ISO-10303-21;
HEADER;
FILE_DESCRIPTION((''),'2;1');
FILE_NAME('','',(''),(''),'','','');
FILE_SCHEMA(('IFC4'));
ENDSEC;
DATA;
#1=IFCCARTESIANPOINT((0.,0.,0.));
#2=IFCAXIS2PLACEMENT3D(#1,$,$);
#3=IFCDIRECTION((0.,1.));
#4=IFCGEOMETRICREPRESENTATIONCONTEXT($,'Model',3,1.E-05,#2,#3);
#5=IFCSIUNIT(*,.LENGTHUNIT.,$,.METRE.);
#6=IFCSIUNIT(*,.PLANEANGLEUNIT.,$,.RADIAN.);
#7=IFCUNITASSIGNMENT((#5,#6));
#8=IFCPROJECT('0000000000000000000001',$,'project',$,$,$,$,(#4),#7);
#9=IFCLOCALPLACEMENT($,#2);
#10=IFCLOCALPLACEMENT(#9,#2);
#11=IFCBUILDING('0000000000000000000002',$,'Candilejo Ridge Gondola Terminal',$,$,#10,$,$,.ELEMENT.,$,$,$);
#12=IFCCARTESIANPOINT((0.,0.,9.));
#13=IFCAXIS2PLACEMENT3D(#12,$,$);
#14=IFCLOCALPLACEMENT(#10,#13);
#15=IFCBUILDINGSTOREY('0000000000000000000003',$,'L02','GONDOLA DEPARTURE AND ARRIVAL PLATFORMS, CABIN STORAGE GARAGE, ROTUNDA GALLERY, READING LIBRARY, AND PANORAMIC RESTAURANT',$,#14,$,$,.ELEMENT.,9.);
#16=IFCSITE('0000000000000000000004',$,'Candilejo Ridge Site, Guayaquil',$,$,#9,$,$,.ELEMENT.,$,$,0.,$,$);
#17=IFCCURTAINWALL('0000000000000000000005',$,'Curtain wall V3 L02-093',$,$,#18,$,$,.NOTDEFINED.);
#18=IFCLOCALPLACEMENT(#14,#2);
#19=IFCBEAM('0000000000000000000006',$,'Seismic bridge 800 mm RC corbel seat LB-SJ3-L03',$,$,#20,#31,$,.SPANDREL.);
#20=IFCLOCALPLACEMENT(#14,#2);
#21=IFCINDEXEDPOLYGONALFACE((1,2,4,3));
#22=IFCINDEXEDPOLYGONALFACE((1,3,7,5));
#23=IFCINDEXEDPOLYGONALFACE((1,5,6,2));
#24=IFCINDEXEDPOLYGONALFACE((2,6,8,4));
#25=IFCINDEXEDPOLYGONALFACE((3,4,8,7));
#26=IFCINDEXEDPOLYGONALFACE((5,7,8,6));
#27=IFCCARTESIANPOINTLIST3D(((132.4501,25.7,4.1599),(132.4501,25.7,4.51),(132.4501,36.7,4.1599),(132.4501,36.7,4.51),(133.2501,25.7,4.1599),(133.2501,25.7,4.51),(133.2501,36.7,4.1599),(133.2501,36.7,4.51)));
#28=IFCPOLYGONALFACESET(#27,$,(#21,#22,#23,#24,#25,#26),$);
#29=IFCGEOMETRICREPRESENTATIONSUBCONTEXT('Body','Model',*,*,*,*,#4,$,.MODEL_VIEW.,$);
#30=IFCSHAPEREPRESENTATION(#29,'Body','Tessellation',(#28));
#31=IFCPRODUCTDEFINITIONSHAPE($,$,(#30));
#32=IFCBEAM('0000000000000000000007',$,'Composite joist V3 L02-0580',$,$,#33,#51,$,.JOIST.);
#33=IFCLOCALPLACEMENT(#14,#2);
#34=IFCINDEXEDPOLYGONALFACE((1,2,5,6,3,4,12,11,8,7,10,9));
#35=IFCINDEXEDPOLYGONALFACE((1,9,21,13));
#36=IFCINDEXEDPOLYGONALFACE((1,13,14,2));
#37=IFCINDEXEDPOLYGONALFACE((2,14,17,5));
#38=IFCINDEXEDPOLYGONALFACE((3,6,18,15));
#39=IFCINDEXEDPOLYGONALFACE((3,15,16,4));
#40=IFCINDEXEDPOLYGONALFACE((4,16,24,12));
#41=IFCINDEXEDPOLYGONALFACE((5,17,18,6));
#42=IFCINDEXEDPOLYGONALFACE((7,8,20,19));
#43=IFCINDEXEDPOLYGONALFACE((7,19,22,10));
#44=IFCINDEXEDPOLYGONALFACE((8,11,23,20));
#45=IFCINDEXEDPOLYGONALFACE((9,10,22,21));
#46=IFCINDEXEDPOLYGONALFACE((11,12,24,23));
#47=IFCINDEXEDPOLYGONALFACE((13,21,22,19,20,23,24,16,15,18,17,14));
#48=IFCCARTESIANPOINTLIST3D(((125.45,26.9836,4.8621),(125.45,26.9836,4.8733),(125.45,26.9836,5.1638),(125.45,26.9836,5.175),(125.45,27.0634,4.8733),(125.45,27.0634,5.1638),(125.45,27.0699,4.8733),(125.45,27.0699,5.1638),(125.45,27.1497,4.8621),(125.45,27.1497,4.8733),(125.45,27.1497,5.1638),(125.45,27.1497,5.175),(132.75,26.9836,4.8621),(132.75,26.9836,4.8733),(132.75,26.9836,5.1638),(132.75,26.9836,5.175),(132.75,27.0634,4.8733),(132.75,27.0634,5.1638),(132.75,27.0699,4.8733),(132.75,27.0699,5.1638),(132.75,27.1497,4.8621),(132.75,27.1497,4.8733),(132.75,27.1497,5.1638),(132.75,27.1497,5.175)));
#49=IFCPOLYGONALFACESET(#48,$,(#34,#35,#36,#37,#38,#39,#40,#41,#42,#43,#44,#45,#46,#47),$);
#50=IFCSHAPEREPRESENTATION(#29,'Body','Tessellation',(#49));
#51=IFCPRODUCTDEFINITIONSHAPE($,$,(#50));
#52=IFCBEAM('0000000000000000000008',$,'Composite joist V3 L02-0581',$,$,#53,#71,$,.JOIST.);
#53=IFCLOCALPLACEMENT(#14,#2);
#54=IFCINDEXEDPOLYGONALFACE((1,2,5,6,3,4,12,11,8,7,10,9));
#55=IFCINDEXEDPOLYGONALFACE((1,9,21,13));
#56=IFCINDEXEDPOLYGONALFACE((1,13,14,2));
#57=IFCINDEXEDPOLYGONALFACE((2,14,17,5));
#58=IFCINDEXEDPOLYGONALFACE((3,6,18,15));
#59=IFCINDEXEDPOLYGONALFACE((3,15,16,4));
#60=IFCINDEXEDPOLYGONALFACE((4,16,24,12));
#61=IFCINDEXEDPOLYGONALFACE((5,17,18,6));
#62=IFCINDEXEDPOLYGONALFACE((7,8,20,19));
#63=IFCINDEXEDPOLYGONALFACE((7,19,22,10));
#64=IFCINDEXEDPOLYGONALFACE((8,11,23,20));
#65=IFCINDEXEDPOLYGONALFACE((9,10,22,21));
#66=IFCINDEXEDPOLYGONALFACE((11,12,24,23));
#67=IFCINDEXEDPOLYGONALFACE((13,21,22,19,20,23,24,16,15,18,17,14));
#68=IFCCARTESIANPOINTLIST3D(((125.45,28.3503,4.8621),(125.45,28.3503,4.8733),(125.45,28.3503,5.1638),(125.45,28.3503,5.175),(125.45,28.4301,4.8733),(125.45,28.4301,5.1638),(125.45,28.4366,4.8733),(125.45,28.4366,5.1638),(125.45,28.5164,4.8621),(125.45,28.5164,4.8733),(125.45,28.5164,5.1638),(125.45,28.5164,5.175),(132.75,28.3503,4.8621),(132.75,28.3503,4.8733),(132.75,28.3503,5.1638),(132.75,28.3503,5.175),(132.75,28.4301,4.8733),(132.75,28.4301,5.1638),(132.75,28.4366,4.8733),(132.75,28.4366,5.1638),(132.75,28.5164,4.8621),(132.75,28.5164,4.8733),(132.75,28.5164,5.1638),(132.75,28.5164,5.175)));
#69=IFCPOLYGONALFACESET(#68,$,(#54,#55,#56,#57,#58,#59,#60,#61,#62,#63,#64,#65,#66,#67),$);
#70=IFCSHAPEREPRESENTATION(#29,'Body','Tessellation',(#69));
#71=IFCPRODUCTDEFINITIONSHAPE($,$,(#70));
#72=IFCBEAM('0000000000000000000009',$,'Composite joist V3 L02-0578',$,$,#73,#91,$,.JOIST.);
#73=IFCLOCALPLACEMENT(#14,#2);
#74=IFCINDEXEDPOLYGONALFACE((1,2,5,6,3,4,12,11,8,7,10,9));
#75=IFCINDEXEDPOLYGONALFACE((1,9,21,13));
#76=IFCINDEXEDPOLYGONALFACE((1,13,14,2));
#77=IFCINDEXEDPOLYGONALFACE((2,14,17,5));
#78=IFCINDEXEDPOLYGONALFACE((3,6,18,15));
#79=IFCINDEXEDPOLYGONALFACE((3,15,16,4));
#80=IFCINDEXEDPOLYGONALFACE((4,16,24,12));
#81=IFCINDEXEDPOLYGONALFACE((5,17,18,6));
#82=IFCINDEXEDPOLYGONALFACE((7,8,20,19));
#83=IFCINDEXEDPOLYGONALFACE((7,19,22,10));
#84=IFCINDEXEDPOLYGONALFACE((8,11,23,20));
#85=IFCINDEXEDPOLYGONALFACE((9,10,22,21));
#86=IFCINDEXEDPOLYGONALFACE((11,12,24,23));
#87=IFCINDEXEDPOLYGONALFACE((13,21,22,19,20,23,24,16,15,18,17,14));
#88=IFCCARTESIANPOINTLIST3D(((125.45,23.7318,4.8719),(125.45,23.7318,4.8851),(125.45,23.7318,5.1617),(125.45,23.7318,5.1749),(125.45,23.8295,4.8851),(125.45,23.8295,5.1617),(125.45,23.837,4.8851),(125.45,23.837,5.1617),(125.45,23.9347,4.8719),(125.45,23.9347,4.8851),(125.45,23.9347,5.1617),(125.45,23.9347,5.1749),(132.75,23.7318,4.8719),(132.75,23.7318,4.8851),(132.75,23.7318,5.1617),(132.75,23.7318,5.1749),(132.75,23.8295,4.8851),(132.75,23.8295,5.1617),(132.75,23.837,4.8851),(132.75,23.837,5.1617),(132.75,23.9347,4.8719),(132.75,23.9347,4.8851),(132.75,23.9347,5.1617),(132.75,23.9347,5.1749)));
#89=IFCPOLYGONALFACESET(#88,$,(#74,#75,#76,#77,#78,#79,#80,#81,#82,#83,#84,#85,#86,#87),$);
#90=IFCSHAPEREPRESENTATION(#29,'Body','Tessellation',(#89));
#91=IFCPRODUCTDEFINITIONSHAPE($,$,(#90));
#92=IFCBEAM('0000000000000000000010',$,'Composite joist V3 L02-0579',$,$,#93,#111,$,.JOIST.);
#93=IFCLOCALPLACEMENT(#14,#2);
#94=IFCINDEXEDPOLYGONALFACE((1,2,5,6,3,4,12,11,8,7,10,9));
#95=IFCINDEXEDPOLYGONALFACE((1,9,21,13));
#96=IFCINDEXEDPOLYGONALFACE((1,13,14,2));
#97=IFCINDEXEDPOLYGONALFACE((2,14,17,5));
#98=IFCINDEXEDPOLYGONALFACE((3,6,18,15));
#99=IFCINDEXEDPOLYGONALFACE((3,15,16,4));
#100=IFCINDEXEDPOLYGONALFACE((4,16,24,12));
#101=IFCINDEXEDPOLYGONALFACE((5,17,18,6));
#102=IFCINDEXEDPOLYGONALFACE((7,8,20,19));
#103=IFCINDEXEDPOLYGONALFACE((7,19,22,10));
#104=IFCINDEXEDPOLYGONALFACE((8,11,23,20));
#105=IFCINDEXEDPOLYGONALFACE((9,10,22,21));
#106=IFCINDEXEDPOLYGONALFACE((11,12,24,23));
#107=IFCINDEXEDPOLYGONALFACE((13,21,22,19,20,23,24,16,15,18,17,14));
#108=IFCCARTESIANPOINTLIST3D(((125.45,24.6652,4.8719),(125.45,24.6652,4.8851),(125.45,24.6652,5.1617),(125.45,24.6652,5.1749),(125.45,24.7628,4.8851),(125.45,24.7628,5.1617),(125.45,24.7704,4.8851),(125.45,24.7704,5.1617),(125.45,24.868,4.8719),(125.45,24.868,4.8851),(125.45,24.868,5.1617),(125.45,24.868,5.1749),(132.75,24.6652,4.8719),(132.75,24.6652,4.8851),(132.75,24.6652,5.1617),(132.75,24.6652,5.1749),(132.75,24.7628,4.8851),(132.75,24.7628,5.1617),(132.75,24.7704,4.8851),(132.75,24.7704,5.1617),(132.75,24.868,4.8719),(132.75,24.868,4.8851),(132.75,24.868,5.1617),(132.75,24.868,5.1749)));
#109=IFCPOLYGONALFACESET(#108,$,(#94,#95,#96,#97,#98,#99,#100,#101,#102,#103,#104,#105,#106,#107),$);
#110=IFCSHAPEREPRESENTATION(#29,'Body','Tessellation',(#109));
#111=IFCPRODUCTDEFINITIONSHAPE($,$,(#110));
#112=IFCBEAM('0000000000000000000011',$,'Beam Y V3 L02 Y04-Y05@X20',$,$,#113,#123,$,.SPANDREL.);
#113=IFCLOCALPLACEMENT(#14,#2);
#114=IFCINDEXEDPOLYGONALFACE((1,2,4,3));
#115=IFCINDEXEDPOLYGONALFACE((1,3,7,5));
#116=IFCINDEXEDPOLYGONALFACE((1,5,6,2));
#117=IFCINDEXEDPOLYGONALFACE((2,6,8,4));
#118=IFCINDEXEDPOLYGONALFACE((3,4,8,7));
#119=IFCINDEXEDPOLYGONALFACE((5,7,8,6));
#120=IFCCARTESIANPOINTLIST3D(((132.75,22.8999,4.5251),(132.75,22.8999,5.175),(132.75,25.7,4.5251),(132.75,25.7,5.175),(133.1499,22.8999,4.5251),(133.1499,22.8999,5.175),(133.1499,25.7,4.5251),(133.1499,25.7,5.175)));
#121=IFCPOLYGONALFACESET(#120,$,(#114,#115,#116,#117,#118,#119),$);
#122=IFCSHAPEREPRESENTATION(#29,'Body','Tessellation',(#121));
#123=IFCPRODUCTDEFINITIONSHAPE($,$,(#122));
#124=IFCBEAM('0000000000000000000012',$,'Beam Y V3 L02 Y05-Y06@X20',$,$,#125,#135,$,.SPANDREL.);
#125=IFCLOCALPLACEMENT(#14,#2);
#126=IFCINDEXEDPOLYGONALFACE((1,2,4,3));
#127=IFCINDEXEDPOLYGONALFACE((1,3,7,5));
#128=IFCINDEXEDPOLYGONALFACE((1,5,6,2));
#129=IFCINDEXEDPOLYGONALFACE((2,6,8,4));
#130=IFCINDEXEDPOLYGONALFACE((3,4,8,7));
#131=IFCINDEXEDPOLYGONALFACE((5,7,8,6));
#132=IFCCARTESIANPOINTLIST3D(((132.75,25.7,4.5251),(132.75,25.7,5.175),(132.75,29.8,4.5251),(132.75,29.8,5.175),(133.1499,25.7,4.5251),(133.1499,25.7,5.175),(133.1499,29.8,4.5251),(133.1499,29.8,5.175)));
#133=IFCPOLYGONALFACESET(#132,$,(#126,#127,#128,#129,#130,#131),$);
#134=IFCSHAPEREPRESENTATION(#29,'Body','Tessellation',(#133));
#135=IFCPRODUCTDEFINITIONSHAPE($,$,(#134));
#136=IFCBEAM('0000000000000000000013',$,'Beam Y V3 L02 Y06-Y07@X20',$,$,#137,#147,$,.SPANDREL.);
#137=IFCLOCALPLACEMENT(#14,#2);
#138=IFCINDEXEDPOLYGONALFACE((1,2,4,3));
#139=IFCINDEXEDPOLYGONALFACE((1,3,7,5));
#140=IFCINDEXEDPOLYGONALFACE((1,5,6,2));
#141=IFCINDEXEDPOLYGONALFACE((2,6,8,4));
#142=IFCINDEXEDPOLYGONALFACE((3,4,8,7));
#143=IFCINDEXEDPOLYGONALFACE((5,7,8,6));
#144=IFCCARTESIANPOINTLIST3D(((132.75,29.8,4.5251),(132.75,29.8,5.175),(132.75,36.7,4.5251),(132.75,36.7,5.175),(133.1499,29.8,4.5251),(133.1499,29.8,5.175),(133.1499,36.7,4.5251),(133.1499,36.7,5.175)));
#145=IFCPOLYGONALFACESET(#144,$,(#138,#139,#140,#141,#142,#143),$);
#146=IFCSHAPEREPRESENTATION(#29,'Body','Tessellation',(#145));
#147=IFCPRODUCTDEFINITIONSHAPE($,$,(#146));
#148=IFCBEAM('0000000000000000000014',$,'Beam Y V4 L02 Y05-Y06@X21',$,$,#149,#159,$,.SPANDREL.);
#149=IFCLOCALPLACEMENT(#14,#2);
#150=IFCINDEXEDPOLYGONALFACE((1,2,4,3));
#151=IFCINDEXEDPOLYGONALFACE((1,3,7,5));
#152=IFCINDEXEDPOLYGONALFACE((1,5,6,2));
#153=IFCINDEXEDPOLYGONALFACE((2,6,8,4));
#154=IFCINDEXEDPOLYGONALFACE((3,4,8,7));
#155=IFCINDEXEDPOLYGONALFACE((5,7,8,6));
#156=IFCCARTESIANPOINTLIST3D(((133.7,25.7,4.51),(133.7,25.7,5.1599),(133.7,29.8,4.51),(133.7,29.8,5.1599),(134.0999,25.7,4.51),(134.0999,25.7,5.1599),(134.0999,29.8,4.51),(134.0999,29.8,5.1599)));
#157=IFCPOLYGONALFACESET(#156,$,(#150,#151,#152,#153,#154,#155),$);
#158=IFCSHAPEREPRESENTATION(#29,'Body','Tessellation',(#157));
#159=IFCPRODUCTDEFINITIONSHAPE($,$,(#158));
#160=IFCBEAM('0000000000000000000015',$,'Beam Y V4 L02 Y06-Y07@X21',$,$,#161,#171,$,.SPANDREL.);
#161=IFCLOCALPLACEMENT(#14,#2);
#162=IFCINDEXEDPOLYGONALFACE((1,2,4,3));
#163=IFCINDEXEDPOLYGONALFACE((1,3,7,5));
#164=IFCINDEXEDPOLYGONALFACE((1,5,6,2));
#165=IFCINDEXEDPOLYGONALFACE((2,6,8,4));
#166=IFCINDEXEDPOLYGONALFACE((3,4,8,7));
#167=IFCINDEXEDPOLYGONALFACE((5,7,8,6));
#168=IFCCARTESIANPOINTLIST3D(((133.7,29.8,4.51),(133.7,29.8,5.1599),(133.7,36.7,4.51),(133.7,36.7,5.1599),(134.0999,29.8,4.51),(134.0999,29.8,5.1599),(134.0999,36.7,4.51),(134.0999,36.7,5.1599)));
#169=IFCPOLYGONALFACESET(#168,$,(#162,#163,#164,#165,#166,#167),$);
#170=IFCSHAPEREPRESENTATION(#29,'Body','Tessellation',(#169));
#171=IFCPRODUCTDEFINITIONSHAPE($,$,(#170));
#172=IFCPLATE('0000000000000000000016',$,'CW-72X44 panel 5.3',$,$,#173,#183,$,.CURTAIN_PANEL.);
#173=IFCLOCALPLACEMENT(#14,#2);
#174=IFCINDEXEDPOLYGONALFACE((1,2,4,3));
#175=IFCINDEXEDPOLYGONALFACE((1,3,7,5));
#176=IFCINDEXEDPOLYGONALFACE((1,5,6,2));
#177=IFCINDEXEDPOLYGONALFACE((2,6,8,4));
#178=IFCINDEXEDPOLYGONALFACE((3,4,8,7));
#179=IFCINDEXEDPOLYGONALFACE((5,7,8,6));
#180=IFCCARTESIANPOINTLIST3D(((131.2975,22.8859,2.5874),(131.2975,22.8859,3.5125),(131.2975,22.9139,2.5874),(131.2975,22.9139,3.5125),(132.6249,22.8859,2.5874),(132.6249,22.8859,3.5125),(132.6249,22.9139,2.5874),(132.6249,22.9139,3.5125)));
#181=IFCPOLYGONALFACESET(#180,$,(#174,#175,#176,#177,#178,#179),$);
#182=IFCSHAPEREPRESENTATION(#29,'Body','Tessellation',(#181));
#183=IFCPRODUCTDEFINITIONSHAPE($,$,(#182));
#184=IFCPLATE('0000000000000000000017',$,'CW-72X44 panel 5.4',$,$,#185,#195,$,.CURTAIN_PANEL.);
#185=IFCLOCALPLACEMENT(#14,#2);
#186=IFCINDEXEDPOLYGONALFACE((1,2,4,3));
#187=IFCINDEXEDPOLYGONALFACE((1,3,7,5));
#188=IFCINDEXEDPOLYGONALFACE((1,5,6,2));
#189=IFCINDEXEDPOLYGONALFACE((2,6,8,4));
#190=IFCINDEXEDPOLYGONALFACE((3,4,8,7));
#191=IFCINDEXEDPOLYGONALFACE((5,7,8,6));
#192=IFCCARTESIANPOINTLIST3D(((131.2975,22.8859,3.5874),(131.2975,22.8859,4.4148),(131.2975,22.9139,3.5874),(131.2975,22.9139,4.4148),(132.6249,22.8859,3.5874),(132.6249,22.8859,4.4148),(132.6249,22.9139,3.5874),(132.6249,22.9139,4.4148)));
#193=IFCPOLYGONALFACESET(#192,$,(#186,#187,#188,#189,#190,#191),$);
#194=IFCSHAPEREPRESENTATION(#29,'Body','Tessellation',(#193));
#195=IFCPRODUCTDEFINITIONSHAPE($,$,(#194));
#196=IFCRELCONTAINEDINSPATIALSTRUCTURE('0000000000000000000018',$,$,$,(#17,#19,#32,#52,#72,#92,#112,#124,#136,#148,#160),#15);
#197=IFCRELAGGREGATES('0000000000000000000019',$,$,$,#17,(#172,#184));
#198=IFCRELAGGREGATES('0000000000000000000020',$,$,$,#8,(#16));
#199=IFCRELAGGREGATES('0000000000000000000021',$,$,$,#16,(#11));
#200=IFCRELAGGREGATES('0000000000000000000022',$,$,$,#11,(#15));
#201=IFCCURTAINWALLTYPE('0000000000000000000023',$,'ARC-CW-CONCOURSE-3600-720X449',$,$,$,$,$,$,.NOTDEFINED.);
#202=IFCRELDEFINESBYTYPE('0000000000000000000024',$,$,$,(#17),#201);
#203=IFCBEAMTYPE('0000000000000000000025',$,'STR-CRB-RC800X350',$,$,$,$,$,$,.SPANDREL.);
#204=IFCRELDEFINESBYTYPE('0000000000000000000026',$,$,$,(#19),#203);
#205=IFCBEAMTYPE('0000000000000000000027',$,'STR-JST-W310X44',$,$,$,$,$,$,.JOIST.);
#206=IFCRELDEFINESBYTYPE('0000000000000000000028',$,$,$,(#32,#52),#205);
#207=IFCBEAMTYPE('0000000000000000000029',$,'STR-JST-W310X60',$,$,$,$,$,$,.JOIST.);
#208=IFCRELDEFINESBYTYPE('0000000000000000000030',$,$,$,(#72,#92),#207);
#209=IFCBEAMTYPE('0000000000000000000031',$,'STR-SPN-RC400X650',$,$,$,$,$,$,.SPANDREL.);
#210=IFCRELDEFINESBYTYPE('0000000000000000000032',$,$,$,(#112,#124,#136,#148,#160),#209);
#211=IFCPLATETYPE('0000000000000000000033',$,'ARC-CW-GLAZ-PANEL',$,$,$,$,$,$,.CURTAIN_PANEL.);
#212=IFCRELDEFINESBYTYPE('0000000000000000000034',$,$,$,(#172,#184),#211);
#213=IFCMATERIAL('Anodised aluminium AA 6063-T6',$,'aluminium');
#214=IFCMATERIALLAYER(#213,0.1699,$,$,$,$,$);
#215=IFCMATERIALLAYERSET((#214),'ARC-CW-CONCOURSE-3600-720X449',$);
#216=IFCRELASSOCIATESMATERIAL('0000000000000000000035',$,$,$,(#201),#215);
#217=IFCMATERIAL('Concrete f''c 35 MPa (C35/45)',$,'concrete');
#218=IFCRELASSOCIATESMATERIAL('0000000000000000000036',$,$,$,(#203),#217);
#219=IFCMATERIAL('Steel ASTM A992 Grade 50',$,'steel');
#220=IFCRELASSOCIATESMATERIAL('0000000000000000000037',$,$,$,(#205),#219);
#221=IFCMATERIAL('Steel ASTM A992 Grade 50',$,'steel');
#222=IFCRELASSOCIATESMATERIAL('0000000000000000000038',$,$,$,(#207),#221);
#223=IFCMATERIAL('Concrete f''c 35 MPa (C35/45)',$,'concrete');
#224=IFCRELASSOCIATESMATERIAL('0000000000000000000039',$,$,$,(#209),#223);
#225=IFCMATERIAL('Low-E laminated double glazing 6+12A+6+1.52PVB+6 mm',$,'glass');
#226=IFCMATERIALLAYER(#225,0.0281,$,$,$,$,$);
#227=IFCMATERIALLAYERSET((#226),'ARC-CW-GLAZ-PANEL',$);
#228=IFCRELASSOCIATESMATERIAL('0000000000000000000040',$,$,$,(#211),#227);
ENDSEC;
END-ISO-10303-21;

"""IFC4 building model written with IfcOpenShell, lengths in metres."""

from ifc_helpers import new_model, si_unit, direction, frame, origin, origin_2d, place, context, subcontext, project, spatial, rectangle, i_section, extrude, material, layer, layer_set, material_profile, profile_set, type_object, element, aggregate, save


model = new_model("IFC4")

# Units and contexts
model_context = context("Model", 3, precision=1e-05, world=origin(), true_north=direction((0.0, 1.0)))
body_context = subcontext(model_context, "Body", "Model", "MODEL_VIEW")
ifc_project = project(units=[si_unit("LENGTHUNIT", "METRE"), si_unit("PLANEANGLEUNIT", "RADIAN")], contexts=[model_context])

# Site, building, storey
site_placement = place(None, origin())
site = spatial("IfcSite", under=ifc_project, at=site_placement, Name="Candilejo Ridge Site, Guayaquil", CompositionType="ELEMENT", RefElevation=0.0)
building_placement = place(site_placement, origin())
building = spatial("IfcBuilding", under=site, at=building_placement, Name="Candilejo Ridge Gondola Terminal", CompositionType="ELEMENT")
storey_placement = place(building_placement, frame((0.0, 0.0, 9.0)))
storey = spatial("IfcBuildingStorey", under=building, at=storey_placement, Name="L02", Description="GONDOLA DEPARTURE AND ARRIVAL PLATFORMS, CABIN STORAGE GARAGE, ROTUNDA GALLERY, READING LIBRARY, AND PANORAMIC RESTAURANT", CompositionType="ELEMENT", Elevation=9.0)

# Curtain wall
ifc_material_1 = material(Name="Anodised aluminium AA 6063-T6", Category="aluminium")
ifc_layer_1 = layer(ifc_material_1, 0.1699)
ifc_layer_set_1 = layer_set([ifc_layer_1], Name="ARC-CW-CONCOURSE-3600-720X449")
curtain_wall_type = type_object("IfcCurtainWallType", Name="ARC-CW-CONCOURSE-3600-720X449", PredefinedType="NOTDEFINED", material=ifc_layer_set_1)
curtain_wall_placement = place(storey_placement, origin())
curtain_wall = element("IfcCurtainWall", 1, at=curtain_wall_placement, inside=storey, type_object=curtain_wall_type, Name="Curtain wall V3 L02-093", PredefinedType="NOTDEFINED")

# Beams
ifc_material_2 = material(Name="Concrete f'c 35 MPa (C35/45)", Category="concrete")
ifc_material_profile_1 = material_profile(ifc_material_2, rectangle(XDim=0.8, YDim=0.3501, at=origin_2d()))
ifc_profile_set_1 = profile_set([ifc_material_profile_1], Name="Concrete f'c 35 MPa (C35/45)")
beam_type_1 = type_object("IfcBeamType", Name="STR-CRB-RC800X350", PredefinedType="SPANDREL", material=ifc_profile_set_1)
beam_1_placement = place(storey_placement, frame((132.8501, 25.7, 4.335), z_axis=(0.0, 1.0, 0.0), x_axis=(-1.0, 0.0, 0.0)))
element("IfcBeam", 2, at=beam_1_placement, inside=storey, type_object=beam_type_1, Name="Seismic bridge 800 mm RC corbel seat LB-SJ3-L03", PredefinedType="SPANDREL", context=body_context, shape_type="SweptSolid", body=[
    extrude(rectangle(XDim=0.8, YDim=0.3501, at=origin_2d()), origin(), (0.0, 0.0, 1.0), 11.0),
])
ifc_material_3 = material(Name="Steel ASTM A992 Grade 50", Category="steel")
ifc_material_profile_2 = material_profile(ifc_material_3, i_section(OverallWidth=0.166, OverallDepth=0.313, WebThickness=0.0066, FlangeThickness=0.0112, at=origin_2d()))
ifc_profile_set_2 = profile_set([ifc_material_profile_2], Name="Steel ASTM A992 Grade 50")
beam_type_2 = type_object("IfcBeamType", Name="STR-JST-W310X44", PredefinedType="JOIST", material=ifc_profile_set_2)
for number, where, z_axis, x_axis, name in (
    (3, (125.45, 27.0667, 5.0186), (1.0, 0.0, 0.0), (0.0, 1.0, 0.0), "Composite joist V3 L02-0580"),
    (4, (125.45, 28.4333, 5.0186), (1.0, 0.0, 0.0), (0.0, 1.0, 0.0), "Composite joist V3 L02-0581"),
):
    element("IfcBeam", number, at=place(storey_placement, frame(where, z_axis=z_axis, x_axis=x_axis)), inside=storey, type_object=beam_type_2, Name=name, PredefinedType="JOIST", context=body_context, shape_type="SweptSolid", body=[
        extrude(i_section(OverallWidth=0.166, OverallDepth=0.313, WebThickness=0.0066, FlangeThickness=0.0112, at=origin_2d()), origin(), (0.0, 0.0, 1.0), 7.3),
    ])
ifc_material_4 = material(Name="Steel ASTM A992 Grade 50", Category="steel")
ifc_material_profile_3 = material_profile(ifc_material_4, i_section(OverallWidth=0.2029, OverallDepth=0.303, WebThickness=0.0076, FlangeThickness=0.0132, at=origin_2d()))
ifc_profile_set_3 = profile_set([ifc_material_profile_3], Name="Steel ASTM A992 Grade 50")
beam_type_3 = type_object("IfcBeamType", Name="STR-JST-W310X60", PredefinedType="JOIST", material=ifc_profile_set_3)
for number, where, z_axis, x_axis, name in (
    (5, (125.45, 23.8333, 5.0234), (1.0, 0.0, 0.0), (0.0, 1.0, 0.0), "Composite joist V3 L02-0578"),
    (6, (125.45, 24.7666, 5.0234), (1.0, 0.0, 0.0), (0.0, 1.0, 0.0), "Composite joist V3 L02-0579"),
):
    element("IfcBeam", number, at=place(storey_placement, frame(where, z_axis=z_axis, x_axis=x_axis)), inside=storey, type_object=beam_type_3, Name=name, PredefinedType="JOIST", context=body_context, shape_type="SweptSolid", body=[
        extrude(i_section(OverallWidth=0.2029, OverallDepth=0.303, WebThickness=0.0076, FlangeThickness=0.0132, at=origin_2d()), origin(), (0.0, 0.0, 1.0), 7.3),
    ])
ifc_material_5 = material(Name="Concrete f'c 35 MPa (C35/45)", Category="concrete")
ifc_material_profile_4 = material_profile(ifc_material_5, rectangle(XDim=0.3999, YDim=0.6499, at=origin_2d()))
ifc_profile_set_4 = profile_set([ifc_material_profile_4], Name="Concrete f'c 35 MPa (C35/45)")
beam_type_4 = type_object("IfcBeamType", Name="STR-SPN-RC400X650", PredefinedType="SPANDREL", material=ifc_profile_set_4)
beam_2_placement = place(storey_placement, frame((132.95, 22.8999, 4.8501), z_axis=(0.0, 1.0, 0.0), x_axis=(-1.0, 0.0, 0.0)))
element("IfcBeam", 7, at=beam_2_placement, inside=storey, type_object=beam_type_4, Name="Beam Y V3 L02 Y04-Y05@X20", PredefinedType="SPANDREL", context=body_context, shape_type="SweptSolid", body=[
    extrude(rectangle(XDim=0.3999, YDim=0.6499, at=origin_2d()), origin(), (0.0, 0.0, 1.0), 2.8),
])
beam_3_placement = place(storey_placement, frame((132.95, 25.7, 4.8501), z_axis=(0.0, 1.0, 0.0), x_axis=(-1.0, 0.0, 0.0)))
element("IfcBeam", 8, at=beam_3_placement, inside=storey, type_object=beam_type_4, Name="Beam Y V3 L02 Y05-Y06@X20", PredefinedType="SPANDREL", context=body_context, shape_type="SweptSolid", body=[
    extrude(rectangle(XDim=0.3999, YDim=0.6499, at=origin_2d()), origin(), (0.0, 0.0, 1.0), 4.1001),
])
beam_4_placement = place(storey_placement, frame((132.95, 29.8, 4.8501), z_axis=(0.0, 1.0, 0.0), x_axis=(-1.0, 0.0, 0.0)))
element("IfcBeam", 9, at=beam_4_placement, inside=storey, type_object=beam_type_4, Name="Beam Y V3 L02 Y06-Y07@X20", PredefinedType="SPANDREL", context=body_context, shape_type="SweptSolid", body=[
    extrude(rectangle(XDim=0.3999, YDim=0.6499, at=origin_2d()), origin(), (0.0, 0.0, 1.0), 6.8999),
])
beam_5_placement = place(storey_placement, frame((133.8999, 25.7, 4.835), z_axis=(0.0, 1.0, 0.0), x_axis=(-1.0, 0.0, 0.0)))
element("IfcBeam", 10, at=beam_5_placement, inside=storey, type_object=beam_type_4, Name="Beam Y V4 L02 Y05-Y06@X21", PredefinedType="SPANDREL", context=body_context, shape_type="SweptSolid", body=[
    extrude(rectangle(XDim=0.3999, YDim=0.6499, at=origin_2d()), origin(), (0.0, 0.0, 1.0), 4.1001),
])
beam_6_placement = place(storey_placement, frame((133.8999, 29.8, 4.835), z_axis=(0.0, 1.0, 0.0), x_axis=(-1.0, 0.0, 0.0)))
element("IfcBeam", 11, at=beam_6_placement, inside=storey, type_object=beam_type_4, Name="Beam Y V4 L02 Y06-Y07@X21", PredefinedType="SPANDREL", context=body_context, shape_type="SweptSolid", body=[
    extrude(rectangle(XDim=0.3999, YDim=0.6499, at=origin_2d()), origin(), (0.0, 0.0, 1.0), 6.8999),
])

# Plates
ifc_material_6 = material(Name="Low-E laminated double glazing 6+12A+6+1.52PVB+6 mm", Category="glass")
ifc_layer_2 = layer(ifc_material_6, 0.0281)
ifc_layer_set_2 = layer_set([ifc_layer_2], Name="ARC-CW-GLAZ-PANEL")
plate_type = type_object("IfcPlateType", Name="ARC-CW-GLAZ-PANEL", PredefinedType="CURTAIN_PANEL", material=ifc_layer_set_2)
plate_1_placement = place(storey_placement, frame((131.9612, 22.8999, 2.5874), z_axis=(0.0, 0.0, 1.0), x_axis=(1.0, 0.0, 0.0)))
plate_1 = element("IfcPlate", 12, at=plate_1_placement, type_object=plate_type, Name="CW-72X44 panel 5.3", PredefinedType="CURTAIN_PANEL", context=body_context, shape_type="SweptSolid", body=[
    extrude(rectangle(XDim=1.3274, YDim=0.0281, at=origin_2d()), origin(), (0.0, 0.0, 1.0), 0.925),
])
plate_2_placement = place(storey_placement, frame((131.9612, 22.8999, 3.5874), z_axis=(0.0, 0.0, 1.0), x_axis=(1.0, 0.0, 0.0)))
plate_2 = element("IfcPlate", 13, at=plate_2_placement, type_object=plate_type, Name="CW-72X44 panel 5.4", PredefinedType="CURTAIN_PANEL", context=body_context, shape_type="SweptSolid", body=[
    extrude(rectangle(XDim=1.3274, YDim=0.0281, at=origin_2d()), origin(), (0.0, 0.0, 1.0), 0.8274),
])
aggregate(curtain_wall, [plate_1, plate_2])

save(model, "model.ifc")
